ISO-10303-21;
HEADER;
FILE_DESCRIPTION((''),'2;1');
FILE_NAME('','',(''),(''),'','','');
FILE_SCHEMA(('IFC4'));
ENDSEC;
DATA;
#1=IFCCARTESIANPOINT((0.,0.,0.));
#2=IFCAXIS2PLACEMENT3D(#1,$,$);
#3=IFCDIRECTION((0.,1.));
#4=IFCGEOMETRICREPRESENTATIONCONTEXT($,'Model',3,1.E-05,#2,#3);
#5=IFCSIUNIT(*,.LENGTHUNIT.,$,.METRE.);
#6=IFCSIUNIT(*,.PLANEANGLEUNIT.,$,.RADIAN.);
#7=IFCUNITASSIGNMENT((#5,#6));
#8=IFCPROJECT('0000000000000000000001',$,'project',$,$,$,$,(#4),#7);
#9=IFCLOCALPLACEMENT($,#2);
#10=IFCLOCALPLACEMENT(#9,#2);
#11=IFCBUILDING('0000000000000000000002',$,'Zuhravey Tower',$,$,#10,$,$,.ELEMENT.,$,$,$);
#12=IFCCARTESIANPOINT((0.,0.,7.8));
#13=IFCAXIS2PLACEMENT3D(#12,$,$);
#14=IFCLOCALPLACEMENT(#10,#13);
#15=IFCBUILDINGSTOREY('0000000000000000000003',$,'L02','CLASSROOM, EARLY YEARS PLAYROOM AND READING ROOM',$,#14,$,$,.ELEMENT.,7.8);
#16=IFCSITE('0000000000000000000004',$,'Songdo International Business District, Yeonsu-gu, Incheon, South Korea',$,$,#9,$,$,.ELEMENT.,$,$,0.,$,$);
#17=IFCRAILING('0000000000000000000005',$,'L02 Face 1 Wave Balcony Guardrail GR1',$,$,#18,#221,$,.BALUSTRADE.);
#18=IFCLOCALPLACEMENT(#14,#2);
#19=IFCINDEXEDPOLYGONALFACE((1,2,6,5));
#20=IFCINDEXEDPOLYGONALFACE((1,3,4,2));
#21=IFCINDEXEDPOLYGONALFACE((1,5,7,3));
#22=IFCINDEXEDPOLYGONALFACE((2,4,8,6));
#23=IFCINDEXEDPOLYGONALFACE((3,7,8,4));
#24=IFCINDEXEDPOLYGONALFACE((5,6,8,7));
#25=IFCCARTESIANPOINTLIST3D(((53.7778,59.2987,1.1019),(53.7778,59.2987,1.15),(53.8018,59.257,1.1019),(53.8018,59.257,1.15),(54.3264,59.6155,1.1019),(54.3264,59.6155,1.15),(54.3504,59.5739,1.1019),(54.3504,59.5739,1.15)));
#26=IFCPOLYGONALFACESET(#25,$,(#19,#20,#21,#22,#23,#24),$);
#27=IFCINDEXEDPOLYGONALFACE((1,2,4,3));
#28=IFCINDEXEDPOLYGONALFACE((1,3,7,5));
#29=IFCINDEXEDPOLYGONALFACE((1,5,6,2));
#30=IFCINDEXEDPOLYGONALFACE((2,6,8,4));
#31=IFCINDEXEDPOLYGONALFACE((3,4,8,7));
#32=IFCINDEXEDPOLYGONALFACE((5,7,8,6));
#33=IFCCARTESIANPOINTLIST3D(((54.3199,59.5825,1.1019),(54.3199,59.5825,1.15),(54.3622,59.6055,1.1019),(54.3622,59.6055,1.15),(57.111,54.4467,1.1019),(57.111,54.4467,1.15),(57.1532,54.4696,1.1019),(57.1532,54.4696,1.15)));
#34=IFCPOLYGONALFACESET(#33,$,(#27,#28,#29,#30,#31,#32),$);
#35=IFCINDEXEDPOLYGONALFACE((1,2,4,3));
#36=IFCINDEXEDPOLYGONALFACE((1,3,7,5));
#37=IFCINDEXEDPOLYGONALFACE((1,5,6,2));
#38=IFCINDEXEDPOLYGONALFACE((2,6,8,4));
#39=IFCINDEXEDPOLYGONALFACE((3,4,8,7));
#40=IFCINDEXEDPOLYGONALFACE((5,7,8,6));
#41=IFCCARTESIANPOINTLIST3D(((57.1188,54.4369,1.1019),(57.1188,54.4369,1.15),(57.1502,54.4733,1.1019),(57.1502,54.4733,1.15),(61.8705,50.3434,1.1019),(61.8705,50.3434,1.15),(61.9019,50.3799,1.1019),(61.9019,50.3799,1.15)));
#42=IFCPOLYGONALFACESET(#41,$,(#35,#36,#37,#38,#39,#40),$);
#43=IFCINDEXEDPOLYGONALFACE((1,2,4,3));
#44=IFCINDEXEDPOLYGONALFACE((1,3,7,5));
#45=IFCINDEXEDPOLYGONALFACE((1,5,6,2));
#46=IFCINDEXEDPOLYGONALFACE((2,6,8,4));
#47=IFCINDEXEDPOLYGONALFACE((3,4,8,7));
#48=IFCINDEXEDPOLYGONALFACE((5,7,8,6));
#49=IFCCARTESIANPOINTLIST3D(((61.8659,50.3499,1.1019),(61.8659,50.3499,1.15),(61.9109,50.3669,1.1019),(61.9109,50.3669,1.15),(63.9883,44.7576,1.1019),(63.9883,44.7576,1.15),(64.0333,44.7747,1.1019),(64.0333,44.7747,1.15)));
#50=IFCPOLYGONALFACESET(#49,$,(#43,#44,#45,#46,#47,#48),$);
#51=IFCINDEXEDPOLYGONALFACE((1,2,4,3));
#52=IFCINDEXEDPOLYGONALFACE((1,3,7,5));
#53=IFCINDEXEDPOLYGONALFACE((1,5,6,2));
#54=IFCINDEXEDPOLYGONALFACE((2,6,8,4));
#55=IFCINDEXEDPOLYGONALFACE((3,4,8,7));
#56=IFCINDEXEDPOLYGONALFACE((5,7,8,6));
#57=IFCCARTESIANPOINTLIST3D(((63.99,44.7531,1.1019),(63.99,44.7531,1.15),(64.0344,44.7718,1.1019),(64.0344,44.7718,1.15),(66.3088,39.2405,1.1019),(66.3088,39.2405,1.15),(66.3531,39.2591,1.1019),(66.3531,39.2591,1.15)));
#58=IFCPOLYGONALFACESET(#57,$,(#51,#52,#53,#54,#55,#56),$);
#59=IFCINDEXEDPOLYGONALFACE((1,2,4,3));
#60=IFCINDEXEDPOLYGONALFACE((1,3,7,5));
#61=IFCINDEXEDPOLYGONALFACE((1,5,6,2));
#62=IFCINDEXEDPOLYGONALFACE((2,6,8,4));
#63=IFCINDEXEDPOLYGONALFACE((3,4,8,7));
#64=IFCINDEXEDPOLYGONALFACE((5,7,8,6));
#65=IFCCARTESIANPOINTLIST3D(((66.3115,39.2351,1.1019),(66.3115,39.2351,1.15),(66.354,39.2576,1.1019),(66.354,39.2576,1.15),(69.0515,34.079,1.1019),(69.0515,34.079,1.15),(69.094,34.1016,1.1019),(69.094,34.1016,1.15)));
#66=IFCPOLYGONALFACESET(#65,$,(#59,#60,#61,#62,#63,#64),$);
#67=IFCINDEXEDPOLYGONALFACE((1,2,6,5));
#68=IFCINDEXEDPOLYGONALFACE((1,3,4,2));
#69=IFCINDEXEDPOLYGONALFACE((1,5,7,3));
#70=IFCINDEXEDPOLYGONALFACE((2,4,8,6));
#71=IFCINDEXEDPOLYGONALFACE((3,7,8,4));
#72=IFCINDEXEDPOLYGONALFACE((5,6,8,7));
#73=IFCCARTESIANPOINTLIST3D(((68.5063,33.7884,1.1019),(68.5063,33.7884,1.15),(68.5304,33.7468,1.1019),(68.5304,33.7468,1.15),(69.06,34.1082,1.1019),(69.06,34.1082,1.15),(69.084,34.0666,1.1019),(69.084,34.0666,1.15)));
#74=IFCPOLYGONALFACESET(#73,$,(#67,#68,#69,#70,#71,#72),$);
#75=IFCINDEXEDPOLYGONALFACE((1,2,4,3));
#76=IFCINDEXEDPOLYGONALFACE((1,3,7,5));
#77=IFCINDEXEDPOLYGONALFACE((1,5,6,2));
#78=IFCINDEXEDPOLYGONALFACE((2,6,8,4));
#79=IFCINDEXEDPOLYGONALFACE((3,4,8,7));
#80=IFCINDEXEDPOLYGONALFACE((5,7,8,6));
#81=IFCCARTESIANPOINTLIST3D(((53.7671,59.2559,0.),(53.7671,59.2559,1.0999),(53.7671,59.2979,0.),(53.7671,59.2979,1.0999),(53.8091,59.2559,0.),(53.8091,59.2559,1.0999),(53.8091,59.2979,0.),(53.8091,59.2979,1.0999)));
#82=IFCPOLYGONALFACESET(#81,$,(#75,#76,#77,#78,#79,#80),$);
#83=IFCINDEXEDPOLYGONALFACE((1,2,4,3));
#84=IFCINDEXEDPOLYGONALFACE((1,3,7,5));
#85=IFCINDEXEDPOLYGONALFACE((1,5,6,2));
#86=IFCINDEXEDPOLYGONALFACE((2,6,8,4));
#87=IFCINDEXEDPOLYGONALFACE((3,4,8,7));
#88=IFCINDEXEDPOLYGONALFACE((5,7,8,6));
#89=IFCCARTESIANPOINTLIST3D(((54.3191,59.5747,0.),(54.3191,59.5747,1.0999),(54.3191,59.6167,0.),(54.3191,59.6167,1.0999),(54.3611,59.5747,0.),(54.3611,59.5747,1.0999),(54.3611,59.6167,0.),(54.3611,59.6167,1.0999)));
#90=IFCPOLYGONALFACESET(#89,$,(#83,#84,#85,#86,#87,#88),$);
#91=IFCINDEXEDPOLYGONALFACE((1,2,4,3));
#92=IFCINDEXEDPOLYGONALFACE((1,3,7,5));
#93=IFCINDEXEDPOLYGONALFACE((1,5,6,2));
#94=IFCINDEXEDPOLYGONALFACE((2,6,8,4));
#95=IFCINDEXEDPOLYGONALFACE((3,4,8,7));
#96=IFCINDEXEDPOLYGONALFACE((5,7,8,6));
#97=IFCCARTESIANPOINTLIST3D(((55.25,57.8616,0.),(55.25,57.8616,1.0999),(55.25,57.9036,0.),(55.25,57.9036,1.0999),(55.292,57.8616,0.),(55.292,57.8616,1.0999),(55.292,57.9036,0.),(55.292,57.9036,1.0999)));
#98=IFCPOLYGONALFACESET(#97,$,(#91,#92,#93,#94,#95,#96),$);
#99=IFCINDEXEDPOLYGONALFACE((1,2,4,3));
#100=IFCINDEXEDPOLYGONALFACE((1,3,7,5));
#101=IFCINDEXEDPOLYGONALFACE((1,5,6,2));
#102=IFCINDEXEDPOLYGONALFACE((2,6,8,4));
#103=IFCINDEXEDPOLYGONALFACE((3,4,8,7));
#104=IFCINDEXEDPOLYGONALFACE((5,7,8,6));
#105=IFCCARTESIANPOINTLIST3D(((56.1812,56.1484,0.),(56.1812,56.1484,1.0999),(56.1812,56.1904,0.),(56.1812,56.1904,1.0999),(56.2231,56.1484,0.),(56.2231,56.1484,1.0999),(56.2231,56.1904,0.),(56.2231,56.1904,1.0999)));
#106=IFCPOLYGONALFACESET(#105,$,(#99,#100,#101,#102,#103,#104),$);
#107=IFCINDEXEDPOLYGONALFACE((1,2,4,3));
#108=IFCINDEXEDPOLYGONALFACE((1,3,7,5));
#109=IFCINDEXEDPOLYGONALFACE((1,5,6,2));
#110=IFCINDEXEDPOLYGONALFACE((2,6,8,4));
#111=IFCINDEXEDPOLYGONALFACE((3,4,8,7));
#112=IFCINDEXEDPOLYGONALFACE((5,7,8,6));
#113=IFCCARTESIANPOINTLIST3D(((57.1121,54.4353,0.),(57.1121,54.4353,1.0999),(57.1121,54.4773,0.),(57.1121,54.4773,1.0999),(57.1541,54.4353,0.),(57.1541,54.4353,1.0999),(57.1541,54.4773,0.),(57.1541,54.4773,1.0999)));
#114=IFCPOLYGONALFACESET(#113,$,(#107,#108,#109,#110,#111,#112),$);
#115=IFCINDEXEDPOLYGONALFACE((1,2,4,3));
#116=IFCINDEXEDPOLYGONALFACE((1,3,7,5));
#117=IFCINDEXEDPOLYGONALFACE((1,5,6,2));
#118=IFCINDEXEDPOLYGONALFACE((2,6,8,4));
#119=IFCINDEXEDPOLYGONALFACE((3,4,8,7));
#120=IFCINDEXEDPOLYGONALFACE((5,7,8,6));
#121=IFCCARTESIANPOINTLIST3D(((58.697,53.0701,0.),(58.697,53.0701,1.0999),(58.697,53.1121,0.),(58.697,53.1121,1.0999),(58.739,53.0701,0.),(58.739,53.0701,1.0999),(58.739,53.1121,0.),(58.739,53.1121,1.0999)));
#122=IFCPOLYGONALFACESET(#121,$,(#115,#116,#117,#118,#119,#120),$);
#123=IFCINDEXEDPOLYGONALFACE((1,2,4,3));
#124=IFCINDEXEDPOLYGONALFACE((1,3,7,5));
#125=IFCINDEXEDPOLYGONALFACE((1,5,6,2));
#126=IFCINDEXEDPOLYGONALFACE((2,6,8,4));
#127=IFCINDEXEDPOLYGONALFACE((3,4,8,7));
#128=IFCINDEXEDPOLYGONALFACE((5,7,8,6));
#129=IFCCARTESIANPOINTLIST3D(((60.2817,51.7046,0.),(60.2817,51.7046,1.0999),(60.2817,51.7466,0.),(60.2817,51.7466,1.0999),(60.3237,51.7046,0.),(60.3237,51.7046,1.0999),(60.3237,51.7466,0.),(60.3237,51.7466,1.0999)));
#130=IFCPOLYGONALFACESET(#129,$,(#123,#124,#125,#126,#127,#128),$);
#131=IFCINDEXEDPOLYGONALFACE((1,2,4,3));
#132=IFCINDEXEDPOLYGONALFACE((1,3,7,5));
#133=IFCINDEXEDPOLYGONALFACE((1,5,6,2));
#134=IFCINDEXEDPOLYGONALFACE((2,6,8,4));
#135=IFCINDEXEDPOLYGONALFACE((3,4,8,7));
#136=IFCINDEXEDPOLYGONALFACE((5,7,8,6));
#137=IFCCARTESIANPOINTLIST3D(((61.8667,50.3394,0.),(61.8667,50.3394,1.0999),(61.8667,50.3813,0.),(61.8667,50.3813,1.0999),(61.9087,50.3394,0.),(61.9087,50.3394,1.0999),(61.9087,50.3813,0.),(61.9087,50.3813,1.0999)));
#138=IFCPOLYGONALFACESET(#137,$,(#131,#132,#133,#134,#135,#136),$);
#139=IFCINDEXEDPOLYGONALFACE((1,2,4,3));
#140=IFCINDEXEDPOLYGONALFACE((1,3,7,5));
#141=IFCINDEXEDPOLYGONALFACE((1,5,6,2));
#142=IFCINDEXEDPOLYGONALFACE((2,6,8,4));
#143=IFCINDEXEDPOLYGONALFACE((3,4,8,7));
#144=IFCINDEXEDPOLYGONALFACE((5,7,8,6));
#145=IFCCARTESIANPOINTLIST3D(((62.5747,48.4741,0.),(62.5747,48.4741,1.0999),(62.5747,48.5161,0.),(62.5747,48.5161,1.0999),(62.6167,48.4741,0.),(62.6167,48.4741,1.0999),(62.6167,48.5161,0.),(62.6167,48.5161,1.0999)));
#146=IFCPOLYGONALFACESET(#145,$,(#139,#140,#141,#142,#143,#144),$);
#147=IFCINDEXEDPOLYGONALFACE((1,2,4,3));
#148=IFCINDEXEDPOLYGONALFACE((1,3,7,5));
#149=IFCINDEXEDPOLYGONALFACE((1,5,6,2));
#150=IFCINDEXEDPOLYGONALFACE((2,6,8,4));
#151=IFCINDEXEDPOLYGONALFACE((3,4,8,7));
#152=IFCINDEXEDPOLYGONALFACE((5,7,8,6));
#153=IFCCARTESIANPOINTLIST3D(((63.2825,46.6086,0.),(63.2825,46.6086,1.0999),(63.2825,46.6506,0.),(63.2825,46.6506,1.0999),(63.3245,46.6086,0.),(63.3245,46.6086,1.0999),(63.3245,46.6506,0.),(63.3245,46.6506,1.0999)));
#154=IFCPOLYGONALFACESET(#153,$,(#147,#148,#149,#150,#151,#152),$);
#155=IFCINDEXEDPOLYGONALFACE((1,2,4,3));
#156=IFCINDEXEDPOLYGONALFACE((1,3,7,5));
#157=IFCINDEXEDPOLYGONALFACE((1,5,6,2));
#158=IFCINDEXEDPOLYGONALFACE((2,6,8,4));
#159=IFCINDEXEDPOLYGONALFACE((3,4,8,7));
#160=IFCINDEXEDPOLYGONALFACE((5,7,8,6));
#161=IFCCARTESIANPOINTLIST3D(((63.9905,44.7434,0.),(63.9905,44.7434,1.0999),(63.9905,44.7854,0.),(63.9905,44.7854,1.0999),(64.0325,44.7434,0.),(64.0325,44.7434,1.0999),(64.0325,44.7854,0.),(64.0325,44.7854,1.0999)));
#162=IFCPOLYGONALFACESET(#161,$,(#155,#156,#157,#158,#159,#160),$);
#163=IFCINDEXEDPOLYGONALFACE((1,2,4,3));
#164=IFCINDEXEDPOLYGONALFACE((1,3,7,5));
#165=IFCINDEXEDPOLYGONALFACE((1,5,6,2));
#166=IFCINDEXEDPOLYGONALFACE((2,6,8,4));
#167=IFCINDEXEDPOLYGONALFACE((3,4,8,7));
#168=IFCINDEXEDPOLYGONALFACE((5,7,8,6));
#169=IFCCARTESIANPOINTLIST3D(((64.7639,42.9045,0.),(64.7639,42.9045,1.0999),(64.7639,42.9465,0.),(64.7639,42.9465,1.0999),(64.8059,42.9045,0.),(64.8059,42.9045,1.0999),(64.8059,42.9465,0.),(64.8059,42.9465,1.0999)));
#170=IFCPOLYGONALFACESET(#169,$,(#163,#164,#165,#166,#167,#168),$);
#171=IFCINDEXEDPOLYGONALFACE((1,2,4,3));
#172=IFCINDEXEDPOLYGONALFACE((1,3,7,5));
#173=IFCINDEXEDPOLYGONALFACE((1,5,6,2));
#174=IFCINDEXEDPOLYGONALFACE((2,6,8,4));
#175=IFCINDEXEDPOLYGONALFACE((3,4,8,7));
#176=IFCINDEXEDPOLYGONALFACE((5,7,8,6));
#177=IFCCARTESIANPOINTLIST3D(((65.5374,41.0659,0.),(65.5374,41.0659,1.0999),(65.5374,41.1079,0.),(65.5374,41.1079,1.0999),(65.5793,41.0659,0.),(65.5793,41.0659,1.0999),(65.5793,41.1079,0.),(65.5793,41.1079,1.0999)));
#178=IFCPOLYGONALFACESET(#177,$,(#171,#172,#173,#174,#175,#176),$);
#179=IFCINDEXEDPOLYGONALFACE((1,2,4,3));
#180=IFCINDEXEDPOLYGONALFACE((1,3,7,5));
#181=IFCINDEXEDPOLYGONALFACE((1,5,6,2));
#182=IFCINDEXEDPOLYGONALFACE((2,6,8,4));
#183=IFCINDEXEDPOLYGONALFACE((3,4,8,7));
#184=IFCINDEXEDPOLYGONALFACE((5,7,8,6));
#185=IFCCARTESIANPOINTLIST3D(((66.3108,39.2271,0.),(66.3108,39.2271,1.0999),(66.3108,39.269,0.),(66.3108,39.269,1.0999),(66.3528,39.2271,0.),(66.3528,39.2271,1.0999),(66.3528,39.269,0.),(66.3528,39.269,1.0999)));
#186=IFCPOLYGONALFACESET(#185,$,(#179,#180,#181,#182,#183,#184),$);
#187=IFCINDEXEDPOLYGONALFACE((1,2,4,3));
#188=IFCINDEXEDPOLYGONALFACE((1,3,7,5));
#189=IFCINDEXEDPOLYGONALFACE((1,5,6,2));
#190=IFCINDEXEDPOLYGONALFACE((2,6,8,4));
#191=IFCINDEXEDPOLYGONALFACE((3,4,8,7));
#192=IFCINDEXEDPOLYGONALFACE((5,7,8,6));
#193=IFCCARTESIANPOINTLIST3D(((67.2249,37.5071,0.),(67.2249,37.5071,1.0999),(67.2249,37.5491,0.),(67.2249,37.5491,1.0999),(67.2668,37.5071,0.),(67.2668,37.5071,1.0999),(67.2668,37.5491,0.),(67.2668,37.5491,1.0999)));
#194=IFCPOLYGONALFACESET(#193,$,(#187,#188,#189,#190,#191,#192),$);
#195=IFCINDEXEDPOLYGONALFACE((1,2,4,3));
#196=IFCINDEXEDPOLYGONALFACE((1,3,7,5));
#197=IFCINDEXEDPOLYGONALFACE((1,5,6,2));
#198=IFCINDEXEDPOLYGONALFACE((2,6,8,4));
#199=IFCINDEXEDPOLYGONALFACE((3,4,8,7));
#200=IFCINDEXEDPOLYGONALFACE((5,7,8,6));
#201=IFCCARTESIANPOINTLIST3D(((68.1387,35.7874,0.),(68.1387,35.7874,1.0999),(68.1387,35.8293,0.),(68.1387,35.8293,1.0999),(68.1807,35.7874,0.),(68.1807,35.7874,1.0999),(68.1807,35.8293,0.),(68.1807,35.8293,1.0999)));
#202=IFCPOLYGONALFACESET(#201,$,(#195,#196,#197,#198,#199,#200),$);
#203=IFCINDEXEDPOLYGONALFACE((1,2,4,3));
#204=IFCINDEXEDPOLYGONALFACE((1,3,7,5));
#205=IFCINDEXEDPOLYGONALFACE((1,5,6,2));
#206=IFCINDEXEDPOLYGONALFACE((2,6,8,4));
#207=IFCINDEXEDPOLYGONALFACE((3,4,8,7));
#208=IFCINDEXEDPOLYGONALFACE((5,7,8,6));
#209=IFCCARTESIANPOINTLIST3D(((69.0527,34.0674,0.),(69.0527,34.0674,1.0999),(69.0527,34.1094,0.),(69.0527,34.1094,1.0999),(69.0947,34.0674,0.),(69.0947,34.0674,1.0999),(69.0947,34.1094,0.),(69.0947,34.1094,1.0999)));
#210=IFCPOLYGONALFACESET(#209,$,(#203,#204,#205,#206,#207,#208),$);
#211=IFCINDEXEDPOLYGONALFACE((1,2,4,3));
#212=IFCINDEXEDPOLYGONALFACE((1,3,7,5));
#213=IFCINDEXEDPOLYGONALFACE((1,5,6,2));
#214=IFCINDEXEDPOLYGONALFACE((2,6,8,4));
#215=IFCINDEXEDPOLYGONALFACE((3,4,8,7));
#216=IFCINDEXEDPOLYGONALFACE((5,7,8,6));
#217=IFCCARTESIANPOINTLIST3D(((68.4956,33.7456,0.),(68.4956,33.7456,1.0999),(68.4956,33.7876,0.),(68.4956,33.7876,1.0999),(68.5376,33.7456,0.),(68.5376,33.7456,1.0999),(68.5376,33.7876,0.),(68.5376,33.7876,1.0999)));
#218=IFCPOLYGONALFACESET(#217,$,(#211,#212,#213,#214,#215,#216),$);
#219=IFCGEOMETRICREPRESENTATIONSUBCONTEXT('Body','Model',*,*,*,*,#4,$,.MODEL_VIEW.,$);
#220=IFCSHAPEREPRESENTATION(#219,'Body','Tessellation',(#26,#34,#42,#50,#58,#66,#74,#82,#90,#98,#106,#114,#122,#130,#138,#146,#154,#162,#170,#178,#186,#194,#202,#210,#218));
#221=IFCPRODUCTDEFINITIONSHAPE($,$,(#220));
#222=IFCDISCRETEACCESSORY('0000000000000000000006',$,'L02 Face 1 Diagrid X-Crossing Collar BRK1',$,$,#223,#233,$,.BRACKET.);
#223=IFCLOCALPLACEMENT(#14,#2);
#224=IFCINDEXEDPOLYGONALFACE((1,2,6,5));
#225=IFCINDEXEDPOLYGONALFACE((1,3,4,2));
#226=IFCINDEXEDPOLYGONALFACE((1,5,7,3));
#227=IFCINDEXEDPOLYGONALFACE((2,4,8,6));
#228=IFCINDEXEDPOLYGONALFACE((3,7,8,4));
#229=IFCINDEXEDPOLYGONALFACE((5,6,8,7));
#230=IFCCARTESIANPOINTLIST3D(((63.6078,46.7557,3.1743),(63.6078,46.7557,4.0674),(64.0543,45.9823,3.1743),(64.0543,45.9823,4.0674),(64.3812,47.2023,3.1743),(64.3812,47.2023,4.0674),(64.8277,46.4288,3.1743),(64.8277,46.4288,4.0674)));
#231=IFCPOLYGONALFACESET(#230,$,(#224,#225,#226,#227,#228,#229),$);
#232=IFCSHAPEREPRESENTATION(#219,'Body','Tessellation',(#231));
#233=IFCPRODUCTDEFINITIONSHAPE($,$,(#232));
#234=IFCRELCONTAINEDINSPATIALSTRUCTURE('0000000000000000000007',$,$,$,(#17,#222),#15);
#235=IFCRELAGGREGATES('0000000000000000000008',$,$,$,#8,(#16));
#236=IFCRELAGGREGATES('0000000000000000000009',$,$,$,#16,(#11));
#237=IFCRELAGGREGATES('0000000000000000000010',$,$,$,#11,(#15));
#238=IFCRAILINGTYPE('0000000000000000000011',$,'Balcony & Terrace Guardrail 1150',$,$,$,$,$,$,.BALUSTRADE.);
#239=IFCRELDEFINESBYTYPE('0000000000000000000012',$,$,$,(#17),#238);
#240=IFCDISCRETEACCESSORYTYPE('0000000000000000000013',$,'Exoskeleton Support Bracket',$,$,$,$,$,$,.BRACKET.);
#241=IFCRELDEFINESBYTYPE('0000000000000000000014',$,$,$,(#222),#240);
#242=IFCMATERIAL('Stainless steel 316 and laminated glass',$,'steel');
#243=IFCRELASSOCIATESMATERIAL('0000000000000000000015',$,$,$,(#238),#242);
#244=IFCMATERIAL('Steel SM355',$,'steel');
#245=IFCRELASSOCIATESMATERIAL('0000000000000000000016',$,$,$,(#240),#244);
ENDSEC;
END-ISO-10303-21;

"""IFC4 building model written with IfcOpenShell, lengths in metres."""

from ifc_helpers import new_model, si_unit, direction, frame, origin, origin_2d, place, context, subcontext, project, spatial, rectangle, extrude, material, type_object, element, save


model = new_model("IFC4")

# Units and contexts
model_context = context("Model", 3, precision=1e-05, world=origin(), true_north=direction((0.0, 1.0)))
body_context = subcontext(model_context, "Body", "Model", "MODEL_VIEW")
ifc_project = project(units=[si_unit("LENGTHUNIT", "METRE"), si_unit("PLANEANGLEUNIT", "RADIAN")], contexts=[model_context])

# Site, building, storey
site_placement = place(None, origin())
site = spatial("IfcSite", under=ifc_project, at=site_placement, Name="Songdo International Business District, Yeonsu-gu, Incheon, South Korea", CompositionType="ELEMENT", RefElevation=0.0)
building_placement = place(site_placement, origin())
building = spatial("IfcBuilding", under=site, at=building_placement, Name="Zuhravey Tower", CompositionType="ELEMENT")
storey_placement = place(building_placement, frame((0.0, 0.0, 7.8)))
storey = spatial("IfcBuildingStorey", under=building, at=storey_placement, Name="L02", Description="CLASSROOM, EARLY YEARS PLAYROOM AND READING ROOM", CompositionType="ELEMENT", Elevation=7.8)

# Shared definitions
ifc_material_1 = material(Name="Steel SM355", Category="steel")

# Railing
ifc_material_2 = material(Name="Stainless steel 316 and laminated glass", Category="steel")
railing_type = type_object("IfcRailingType", Name="Balcony & Terrace Guardrail 1150", PredefinedType="BALUSTRADE", material=ifc_material_2)
railing_placement = place(storey_placement, frame((53.7881, 59.2769, 0.0)))
element("IfcRailing", 1, at=railing_placement, inside=storey, type_object=railing_type, Name="L02 Face 1 Wave Balcony Guardrail GR1", PredefinedType="BALUSTRADE", context=body_context, shape_type="SweptSolid", body=[
    extrude(rectangle(XDim=0.0481, YDim=0.0481, at=origin_2d()), frame((0.0017, 0.001, 1.126), z_axis=(0.865924, 0.500176, 0.0), x_axis=(-0.500176, 0.865924, 0.0)), (0.0, 0.0, 1.0), 0.6335),
    extrude(rectangle(XDim=0.0481, YDim=0.0481, at=origin_2d()), frame((0.553, 0.3171, 1.126), z_axis=(0.477489, -0.878638, 0.0), x_axis=(0.878638, 0.477489, 0.0)), (0.0, 0.0, 1.0), 5.8452),
    extrude(rectangle(XDim=0.0481, YDim=0.0481, at=origin_2d()), frame((3.3464, -4.8218, 1.126), z_axis=(0.757637, -0.652676, 0.0), x_axis=(0.652676, 0.757637, 0.0)), (0.0, 0.0, 1.0), 6.2717),
    extrude(rectangle(XDim=0.0481, YDim=0.0481, at=origin_2d()), frame((8.1003, -8.9185, 1.126), z_axis=(0.354826, -0.934932, 0.0), x_axis=(0.934932, 0.354826, 0.0)), (0.0, 0.0, 1.0), 5.9814),
    extrude(rectangle(XDim=0.0481, YDim=0.0481, at=origin_2d()), frame((10.2241, -14.5144, 1.126), z_axis=(0.387721, -0.921777, 0.0), x_axis=(0.921777, 0.387721, 0.0)), (0.0, 0.0, 1.0), 5.9805),
    extrude(rectangle(XDim=0.0481, YDim=0.0481, at=origin_2d()), frame((12.5447, -20.0305, 1.126), z_axis=(0.469271, -0.883054, 0.0), x_axis=(0.883054, 0.469271, 0.0)), (0.0, 0.0, 1.0), 5.8389),
    extrude(rectangle(XDim=0.0481, YDim=0.0481, at=origin_2d()), frame((15.2839, -25.1895, 1.126), z_axis=(-0.865945, -0.500139, 0.0), x_axis=(0.500139, -0.865945, 0.0)), (0.0, 0.0, 1.0), 0.6394),
    extrude(rectangle(XDim=0.042, YDim=0.042, at=origin_2d()), origin(), (0.0, 0.0, 1.0), 1.0999),
    extrude(rectangle(XDim=0.042, YDim=0.042, at=origin_2d()), frame((0.552, 0.3188, 0.0)), (0.0, 0.0, 1.0), 1.0999),
    extrude(rectangle(XDim=0.042, YDim=0.042, at=origin_2d()), frame((1.4829, -1.3943, 0.0)), (0.0, 0.0, 1.0), 1.0999),
    extrude(rectangle(XDim=0.042, YDim=0.042, at=origin_2d()), frame((2.4141, -3.1074, 0.0)), (0.0, 0.0, 1.0), 1.0999),
    extrude(rectangle(XDim=0.042, YDim=0.042, at=origin_2d()), frame((3.345, -4.8206, 0.0)), (0.0, 0.0, 1.0), 1.0999),
    extrude(rectangle(XDim=0.042, YDim=0.042, at=origin_2d()), frame((4.9299, -6.1858, 0.0)), (0.0, 0.0, 1.0), 1.0999),
    extrude(rectangle(XDim=0.042, YDim=0.042, at=origin_2d()), frame((6.5146, -7.5513, 0.0)), (0.0, 0.0, 1.0), 1.0999),
    extrude(rectangle(XDim=0.042, YDim=0.042, at=origin_2d()), frame((8.0996, -8.9165, 0.0)), (0.0, 0.0, 1.0), 1.0999),
    extrude(rectangle(XDim=0.042, YDim=0.042, at=origin_2d()), frame((8.8076, -10.7817, 0.0)), (0.0, 0.0, 1.0), 1.0999),
    extrude(rectangle(XDim=0.042, YDim=0.042, at=origin_2d()), frame((9.5154, -12.6472, 0.0)), (0.0, 0.0, 1.0), 1.0999),
    extrude(rectangle(XDim=0.042, YDim=0.042, at=origin_2d()), frame((10.2234, -14.5125, 0.0)), (0.0, 0.0, 1.0), 1.0999),
    extrude(rectangle(XDim=0.042, YDim=0.042, at=origin_2d()), frame((10.9968, -16.3513, 0.0)), (0.0, 0.0, 1.0), 1.0999),
    extrude(rectangle(XDim=0.042, YDim=0.042, at=origin_2d()), frame((11.7703, -18.1899, 0.0)), (0.0, 0.0, 1.0), 1.0999),
    extrude(rectangle(XDim=0.042, YDim=0.042, at=origin_2d()), frame((12.5437, -20.0288, 0.0)), (0.0, 0.0, 1.0), 1.0999),
    extrude(rectangle(XDim=0.042, YDim=0.042, at=origin_2d()), frame((13.4578, -21.7488, 0.0)), (0.0, 0.0, 1.0), 1.0999),
    extrude(rectangle(XDim=0.042, YDim=0.042, at=origin_2d()), frame((14.3716, -23.4685, 0.0)), (0.0, 0.0, 1.0), 1.0999),
    extrude(rectangle(XDim=0.042, YDim=0.042, at=origin_2d()), frame((15.2856, -25.1885, 0.0)), (0.0, 0.0, 1.0), 1.0999),
    extrude(rectangle(XDim=0.042, YDim=0.042, at=origin_2d()), frame((14.7285, -25.5103, 0.0)), (0.0, 0.0, 1.0), 1.0999),
])

# Discrete accessory
discrete_accessory_type = type_object("IfcDiscreteAccessoryType", Name="Exoskeleton Support Bracket", PredefinedType="BRACKET", material=ifc_material_1)
discrete_accessory_placement = place(storey_placement, frame((64.2178, 46.5923, 3.1743), z_axis=(0.0, 0.0, 1.0), x_axis=(-0.5, 0.866025, 0.0)))
element("IfcDiscreteAccessory", 2, at=discrete_accessory_placement, inside=storey, type_object=discrete_accessory_type, Name="L02 Face 1 Diagrid X-Crossing Collar BRK1", PredefinedType="BRACKET", context=body_context, shape_type="SweptSolid", body=[
    extrude(rectangle(XDim=0.8931, YDim=0.8931, at=origin_2d()), origin(), (0.0, 0.0, 1.0), 0.8931),
])

save(model, "model.ifc")
